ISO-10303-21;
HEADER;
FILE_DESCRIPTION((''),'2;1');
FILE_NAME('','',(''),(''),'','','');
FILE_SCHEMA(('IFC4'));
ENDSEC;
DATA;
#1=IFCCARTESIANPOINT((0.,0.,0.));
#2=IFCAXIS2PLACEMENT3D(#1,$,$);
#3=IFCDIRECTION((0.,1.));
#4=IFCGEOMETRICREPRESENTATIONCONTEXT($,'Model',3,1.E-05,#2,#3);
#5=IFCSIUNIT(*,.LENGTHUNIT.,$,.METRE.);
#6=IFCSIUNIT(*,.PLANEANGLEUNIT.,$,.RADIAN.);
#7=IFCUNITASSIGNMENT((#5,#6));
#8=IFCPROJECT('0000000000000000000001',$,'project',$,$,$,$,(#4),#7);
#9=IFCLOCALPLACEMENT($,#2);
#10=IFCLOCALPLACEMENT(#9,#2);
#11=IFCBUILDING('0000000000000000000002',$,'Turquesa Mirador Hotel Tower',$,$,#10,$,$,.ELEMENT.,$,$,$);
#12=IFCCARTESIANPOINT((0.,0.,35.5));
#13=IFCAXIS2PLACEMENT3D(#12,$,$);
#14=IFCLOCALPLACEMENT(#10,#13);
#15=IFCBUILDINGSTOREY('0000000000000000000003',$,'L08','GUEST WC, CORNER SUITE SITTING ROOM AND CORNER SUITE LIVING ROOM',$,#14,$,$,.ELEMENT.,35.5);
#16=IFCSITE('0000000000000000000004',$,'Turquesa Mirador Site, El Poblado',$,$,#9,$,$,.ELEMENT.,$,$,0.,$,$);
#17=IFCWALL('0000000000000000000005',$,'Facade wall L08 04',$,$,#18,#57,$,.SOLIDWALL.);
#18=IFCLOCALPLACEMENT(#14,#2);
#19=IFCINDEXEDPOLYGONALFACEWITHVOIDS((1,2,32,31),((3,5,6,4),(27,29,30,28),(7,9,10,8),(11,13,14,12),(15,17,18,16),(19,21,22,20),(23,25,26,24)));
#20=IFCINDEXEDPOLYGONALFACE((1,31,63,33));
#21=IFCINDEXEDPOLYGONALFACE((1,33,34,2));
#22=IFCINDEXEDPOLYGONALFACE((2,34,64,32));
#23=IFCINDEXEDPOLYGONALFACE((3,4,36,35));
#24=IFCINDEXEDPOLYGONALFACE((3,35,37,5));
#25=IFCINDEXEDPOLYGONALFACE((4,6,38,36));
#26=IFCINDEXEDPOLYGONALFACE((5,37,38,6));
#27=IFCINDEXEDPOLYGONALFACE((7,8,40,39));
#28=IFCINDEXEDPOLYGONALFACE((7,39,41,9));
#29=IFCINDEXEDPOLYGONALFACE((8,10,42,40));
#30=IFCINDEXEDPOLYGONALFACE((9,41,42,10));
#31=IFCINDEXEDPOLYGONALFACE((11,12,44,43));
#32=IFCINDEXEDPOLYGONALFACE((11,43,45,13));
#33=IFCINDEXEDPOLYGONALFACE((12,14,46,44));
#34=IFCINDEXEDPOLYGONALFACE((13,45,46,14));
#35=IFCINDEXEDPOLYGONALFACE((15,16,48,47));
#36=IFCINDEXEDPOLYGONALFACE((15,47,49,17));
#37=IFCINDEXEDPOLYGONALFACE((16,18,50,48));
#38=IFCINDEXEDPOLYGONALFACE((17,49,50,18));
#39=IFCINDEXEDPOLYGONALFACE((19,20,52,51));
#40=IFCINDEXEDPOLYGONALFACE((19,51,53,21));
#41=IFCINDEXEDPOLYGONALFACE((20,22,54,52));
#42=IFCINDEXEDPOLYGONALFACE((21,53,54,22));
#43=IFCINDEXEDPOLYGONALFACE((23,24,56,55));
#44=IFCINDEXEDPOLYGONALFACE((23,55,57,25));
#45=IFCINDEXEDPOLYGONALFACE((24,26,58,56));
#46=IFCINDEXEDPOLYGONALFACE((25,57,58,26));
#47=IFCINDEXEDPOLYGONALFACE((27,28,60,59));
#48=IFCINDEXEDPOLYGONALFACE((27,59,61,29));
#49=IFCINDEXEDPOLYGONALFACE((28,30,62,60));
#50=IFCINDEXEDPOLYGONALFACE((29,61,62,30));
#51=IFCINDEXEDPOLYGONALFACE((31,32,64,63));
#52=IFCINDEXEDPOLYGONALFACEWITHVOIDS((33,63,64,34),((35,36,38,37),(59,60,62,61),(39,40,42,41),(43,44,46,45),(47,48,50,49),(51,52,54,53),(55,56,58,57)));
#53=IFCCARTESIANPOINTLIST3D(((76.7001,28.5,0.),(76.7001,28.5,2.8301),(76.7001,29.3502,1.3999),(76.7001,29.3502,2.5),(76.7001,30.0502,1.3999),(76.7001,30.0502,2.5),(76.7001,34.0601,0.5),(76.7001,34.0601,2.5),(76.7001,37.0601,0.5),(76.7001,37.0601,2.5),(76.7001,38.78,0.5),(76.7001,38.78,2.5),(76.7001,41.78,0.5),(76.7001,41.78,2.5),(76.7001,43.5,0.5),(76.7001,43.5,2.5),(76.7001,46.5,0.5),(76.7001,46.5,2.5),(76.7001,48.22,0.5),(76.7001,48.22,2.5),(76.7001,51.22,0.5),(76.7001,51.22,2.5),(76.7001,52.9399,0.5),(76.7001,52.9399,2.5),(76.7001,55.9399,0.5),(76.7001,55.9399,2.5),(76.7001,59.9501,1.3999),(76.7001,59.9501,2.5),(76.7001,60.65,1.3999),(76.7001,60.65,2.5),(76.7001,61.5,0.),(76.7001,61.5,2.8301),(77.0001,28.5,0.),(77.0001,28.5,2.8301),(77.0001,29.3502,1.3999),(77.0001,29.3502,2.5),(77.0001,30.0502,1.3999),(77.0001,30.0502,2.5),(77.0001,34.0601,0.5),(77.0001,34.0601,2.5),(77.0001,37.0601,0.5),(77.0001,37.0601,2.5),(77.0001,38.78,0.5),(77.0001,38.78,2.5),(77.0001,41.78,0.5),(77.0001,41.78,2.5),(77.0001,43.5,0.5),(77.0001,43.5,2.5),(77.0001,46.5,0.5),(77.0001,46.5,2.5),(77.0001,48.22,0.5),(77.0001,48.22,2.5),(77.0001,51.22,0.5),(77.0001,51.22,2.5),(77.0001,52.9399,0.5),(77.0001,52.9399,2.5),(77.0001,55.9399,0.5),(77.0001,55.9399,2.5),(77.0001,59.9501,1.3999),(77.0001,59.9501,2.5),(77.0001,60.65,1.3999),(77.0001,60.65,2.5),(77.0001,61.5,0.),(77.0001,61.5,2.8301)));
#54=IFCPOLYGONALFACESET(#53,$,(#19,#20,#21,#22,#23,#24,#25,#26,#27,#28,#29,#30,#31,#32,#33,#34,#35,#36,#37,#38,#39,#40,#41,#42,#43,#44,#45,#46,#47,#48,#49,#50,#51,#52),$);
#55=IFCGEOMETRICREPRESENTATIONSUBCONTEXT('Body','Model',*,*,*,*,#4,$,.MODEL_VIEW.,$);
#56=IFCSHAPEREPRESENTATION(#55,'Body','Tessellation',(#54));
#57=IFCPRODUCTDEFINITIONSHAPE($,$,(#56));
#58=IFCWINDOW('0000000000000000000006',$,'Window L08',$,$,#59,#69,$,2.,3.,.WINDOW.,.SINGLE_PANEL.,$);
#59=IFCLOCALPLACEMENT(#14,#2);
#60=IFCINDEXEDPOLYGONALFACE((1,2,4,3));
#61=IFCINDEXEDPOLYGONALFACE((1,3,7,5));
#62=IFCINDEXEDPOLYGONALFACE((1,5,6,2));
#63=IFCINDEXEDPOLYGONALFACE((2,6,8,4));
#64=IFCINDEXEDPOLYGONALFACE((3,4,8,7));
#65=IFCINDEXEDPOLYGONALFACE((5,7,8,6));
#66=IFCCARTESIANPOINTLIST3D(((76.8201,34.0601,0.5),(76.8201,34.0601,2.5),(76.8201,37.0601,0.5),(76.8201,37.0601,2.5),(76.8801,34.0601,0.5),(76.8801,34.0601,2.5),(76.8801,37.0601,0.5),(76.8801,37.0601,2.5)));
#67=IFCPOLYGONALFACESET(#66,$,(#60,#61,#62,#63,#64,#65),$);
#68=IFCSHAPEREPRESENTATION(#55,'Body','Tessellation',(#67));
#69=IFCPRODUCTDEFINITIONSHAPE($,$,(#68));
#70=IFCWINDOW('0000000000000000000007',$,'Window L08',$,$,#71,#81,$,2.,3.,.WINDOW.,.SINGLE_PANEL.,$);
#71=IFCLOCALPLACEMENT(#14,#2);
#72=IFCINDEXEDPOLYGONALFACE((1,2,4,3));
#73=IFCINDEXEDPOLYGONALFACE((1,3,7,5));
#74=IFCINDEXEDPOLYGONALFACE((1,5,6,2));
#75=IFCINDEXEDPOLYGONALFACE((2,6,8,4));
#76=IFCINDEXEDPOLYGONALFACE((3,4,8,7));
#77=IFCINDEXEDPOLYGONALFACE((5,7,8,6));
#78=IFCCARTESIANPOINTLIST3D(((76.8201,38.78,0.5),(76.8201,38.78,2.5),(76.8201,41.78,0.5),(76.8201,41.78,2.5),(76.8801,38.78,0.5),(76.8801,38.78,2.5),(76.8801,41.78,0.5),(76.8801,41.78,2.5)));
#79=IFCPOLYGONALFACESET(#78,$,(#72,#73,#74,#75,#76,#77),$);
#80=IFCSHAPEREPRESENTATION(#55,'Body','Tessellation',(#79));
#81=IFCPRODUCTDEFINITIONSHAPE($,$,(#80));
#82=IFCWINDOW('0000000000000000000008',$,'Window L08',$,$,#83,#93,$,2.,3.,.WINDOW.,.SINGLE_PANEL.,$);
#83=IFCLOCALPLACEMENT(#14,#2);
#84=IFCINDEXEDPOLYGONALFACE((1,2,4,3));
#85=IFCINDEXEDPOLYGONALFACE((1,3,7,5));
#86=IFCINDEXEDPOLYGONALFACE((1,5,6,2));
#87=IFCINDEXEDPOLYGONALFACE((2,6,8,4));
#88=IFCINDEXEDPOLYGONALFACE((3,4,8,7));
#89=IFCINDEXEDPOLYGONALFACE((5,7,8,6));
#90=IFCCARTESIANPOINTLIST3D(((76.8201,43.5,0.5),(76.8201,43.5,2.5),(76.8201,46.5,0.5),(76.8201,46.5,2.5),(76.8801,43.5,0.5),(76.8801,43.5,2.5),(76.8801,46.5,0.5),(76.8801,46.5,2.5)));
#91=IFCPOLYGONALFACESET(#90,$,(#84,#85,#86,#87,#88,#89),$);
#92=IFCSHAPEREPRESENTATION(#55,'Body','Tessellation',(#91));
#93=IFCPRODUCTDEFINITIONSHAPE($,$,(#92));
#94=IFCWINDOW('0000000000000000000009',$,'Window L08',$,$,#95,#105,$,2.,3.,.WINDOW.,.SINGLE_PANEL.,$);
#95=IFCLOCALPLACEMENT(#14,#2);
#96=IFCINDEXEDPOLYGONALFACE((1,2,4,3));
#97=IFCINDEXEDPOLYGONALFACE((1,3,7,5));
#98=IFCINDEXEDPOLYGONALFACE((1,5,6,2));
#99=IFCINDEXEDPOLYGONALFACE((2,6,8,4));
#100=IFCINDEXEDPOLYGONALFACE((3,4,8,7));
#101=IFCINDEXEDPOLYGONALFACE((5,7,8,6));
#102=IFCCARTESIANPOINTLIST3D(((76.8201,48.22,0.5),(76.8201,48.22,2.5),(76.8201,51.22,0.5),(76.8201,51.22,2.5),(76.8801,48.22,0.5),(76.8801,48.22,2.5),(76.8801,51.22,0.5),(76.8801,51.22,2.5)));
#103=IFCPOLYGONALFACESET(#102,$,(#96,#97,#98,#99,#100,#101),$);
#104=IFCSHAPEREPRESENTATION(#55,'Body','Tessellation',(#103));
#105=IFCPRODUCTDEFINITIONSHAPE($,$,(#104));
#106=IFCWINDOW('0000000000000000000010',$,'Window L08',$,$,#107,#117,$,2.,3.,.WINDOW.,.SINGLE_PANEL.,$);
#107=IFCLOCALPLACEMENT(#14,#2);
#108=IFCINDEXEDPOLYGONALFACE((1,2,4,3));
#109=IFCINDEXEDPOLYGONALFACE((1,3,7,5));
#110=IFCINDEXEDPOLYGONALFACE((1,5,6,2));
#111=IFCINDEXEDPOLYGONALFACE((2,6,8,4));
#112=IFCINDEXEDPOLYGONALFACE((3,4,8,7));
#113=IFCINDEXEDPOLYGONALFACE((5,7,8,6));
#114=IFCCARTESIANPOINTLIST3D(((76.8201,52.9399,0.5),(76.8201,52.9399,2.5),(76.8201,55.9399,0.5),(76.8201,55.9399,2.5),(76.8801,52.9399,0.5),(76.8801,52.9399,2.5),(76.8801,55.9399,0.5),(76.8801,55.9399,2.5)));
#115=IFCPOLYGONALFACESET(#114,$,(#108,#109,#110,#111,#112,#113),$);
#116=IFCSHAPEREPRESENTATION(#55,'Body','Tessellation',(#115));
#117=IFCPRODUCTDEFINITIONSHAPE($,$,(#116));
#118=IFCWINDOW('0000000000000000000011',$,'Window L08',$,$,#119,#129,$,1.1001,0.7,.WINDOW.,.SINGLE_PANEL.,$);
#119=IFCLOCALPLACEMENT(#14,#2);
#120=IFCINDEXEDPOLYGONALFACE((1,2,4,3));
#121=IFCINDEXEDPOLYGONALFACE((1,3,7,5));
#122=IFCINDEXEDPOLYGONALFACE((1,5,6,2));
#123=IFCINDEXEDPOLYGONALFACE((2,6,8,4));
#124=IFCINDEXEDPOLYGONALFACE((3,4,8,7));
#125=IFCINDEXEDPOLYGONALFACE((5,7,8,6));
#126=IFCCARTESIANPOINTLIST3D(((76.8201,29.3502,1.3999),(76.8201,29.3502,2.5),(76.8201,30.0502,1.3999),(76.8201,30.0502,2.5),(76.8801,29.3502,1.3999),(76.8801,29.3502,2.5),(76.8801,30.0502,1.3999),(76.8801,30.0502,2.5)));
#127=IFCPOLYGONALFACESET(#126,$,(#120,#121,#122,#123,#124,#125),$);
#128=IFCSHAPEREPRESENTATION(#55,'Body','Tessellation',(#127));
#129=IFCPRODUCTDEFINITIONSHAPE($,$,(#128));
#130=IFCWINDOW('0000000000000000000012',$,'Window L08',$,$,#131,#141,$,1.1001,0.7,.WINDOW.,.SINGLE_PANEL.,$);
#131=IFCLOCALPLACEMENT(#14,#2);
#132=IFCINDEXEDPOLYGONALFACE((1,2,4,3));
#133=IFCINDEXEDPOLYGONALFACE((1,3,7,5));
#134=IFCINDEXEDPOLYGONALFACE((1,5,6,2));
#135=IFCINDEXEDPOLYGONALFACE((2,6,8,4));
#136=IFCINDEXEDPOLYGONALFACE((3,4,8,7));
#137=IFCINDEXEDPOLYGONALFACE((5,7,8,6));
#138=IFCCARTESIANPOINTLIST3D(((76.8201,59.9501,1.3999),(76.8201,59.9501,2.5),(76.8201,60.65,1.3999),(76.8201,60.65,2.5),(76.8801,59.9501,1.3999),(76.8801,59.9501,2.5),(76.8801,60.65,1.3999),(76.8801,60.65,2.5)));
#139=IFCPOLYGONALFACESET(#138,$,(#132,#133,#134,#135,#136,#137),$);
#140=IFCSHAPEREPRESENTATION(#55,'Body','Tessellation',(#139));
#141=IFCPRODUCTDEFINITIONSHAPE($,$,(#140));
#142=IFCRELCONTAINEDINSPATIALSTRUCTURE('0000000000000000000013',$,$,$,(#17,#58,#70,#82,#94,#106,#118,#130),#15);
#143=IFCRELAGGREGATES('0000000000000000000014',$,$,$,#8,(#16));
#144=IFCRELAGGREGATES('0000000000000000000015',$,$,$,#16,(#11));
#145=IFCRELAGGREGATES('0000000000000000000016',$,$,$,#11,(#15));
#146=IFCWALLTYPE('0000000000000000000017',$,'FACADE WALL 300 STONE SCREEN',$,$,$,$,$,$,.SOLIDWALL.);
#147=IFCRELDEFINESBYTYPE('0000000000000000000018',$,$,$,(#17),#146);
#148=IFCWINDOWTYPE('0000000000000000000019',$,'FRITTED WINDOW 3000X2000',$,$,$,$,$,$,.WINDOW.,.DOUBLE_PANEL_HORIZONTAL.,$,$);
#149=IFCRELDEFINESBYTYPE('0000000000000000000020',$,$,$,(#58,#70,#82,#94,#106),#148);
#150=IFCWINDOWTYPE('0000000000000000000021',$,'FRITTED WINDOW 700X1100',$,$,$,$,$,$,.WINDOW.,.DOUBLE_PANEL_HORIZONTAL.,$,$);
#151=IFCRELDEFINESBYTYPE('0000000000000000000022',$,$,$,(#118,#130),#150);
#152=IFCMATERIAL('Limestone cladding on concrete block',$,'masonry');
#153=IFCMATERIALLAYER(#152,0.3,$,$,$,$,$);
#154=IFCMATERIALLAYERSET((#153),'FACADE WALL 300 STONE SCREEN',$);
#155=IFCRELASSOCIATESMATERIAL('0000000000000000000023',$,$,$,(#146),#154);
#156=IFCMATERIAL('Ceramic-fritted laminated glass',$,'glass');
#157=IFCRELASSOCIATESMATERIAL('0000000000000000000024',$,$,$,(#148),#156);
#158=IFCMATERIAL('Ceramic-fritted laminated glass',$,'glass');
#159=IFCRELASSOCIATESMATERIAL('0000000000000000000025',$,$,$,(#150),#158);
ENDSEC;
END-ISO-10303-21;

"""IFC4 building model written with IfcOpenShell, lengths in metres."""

from ifc_helpers import new_model, si_unit, direction, frame, frame_2d, origin, place, context, subcontext, project, spatial, rectangle, extrude, material, layer, layer_set, type_object, element, fill, save


model = new_model("IFC4")

# Units and contexts
model_context = context("Model", 3, precision=1e-05, world=origin(), true_north=direction((0.0, 1.0)))
body_context = subcontext(model_context, "Body", "Model", "MODEL_VIEW")
ifc_project = project(units=[si_unit("LENGTHUNIT", "METRE"), si_unit("PLANEANGLEUNIT", "RADIAN")], contexts=[model_context])

# Site, building, storey
site_placement = place(None, origin())
site = spatial("IfcSite", under=ifc_project, at=site_placement, Name="Turquesa Mirador Site, El Poblado", CompositionType="ELEMENT", RefElevation=0.0)
building_placement = place(site_placement, origin())
building = spatial("IfcBuilding", under=site, at=building_placement, Name="Turquesa Mirador Hotel Tower", CompositionType="ELEMENT")
storey_placement = place(building_placement, frame((0.0, 0.0, 35.5)))
storey = spatial("IfcBuildingStorey", under=building, at=storey_placement, Name="L08", Description="GUEST WC, CORNER SUITE SITTING ROOM AND CORNER SUITE LIVING ROOM", CompositionType="ELEMENT", Elevation=35.5)

# Shared definitions
ifc_material_1 = material(Name="Limestone cladding on concrete block", Category="masonry")
ifc_layer = layer(ifc_material_1, 0.3)
ifc_layer_set = layer_set([ifc_layer], Name="FACADE WALL 300 STONE SCREEN")
wall_type = type_object("IfcWallType", Name="FACADE WALL 300 STONE SCREEN", PredefinedType="SOLIDWALL", material=ifc_layer_set)

# Wall, openings, windows
wall_1_placement = place(storey_placement, frame((76.8501, 28.5, 0.0), z_axis=(0.0, 0.0, 1.0), x_axis=(0.0, 1.0, 0.0)))
wall_1 = element("IfcWall", 1, at=wall_1_placement, inside=storey, type_object=wall_type, Name="Facade wall L08 04", PredefinedType="SOLIDWALL", context=body_context, shape_type="SweptSolid", body=[
    extrude(rectangle(XDim=33.0, YDim=0.3, at=frame_2d((16.5, 0.0))), origin(), (0.0, 0.0, 1.0), 2.8301),
])
opening_1_placement = place(wall_1_placement, frame((0.8501, 0.0, 1.3999)))
opening_1 = element("IfcOpeningElement", 2, at=opening_1_placement, cuts=wall_1, PredefinedType="OPENING", context=body_context, shape_type="SweptSolid", body=[
    extrude(rectangle(XDim=0.7, YDim=1.1001, at=frame_2d((0.3501, 0.55))), frame((0.0, 0.1599, 0.0), z_axis=(0.0, -1.0, 0.0), x_axis=(1.0, 0.0, 0.0)), (0.0, 0.0, 1.0), 0.3201),
])
opening_2_placement = place(wall_1_placement, frame((5.5601, 0.0, 0.5)))
opening_2 = element("IfcOpeningElement", 3, at=opening_2_placement, cuts=wall_1, PredefinedType="OPENING", context=body_context, shape_type="SweptSolid", body=[
    extrude(rectangle(XDim=3.0, YDim=2.0, at=frame_2d((1.5, 1.0))), frame((0.0, 0.1599, 0.0), z_axis=(0.0, -1.0, 0.0), x_axis=(1.0, 0.0, 0.0)), (0.0, 0.0, 1.0), 0.3201),
])
opening_3_placement = place(wall_1_placement, frame((10.28, 0.0, 0.5)))
opening_3 = element("IfcOpeningElement", 4, at=opening_3_placement, cuts=wall_1, PredefinedType="OPENING", context=body_context, shape_type="SweptSolid", body=[
    extrude(rectangle(XDim=3.0, YDim=2.0, at=frame_2d((1.5, 1.0))), frame((0.0, 0.1599, 0.0), z_axis=(0.0, -1.0, 0.0), x_axis=(1.0, 0.0, 0.0)), (0.0, 0.0, 1.0), 0.3201),
])
opening_4_placement = place(wall_1_placement, frame((15.0, 0.0, 0.5)))
opening_4 = element("IfcOpeningElement", 5, at=opening_4_placement, cuts=wall_1, PredefinedType="OPENING", context=body_context, shape_type="SweptSolid", body=[
    extrude(rectangle(XDim=3.0, YDim=2.0, at=frame_2d((1.5, 1.0))), frame((0.0, 0.1599, 0.0), z_axis=(0.0, -1.0, 0.0), x_axis=(1.0, 0.0, 0.0)), (0.0, 0.0, 1.0), 0.3201),
])
opening_5_placement = place(wall_1_placement, frame((19.72, 0.0, 0.5)))
opening_5 = element("IfcOpeningElement", 6, at=opening_5_placement, cuts=wall_1, PredefinedType="OPENING", context=body_context, shape_type="SweptSolid", body=[
    extrude(rectangle(XDim=3.0, YDim=2.0, at=frame_2d((1.5, 1.0))), frame((0.0, 0.1599, 0.0), z_axis=(0.0, -1.0, 0.0), x_axis=(1.0, 0.0, 0.0)), (0.0, 0.0, 1.0), 0.3201),
])
opening_6_placement = place(wall_1_placement, frame((24.4399, 0.0, 0.5)))
opening_6 = element("IfcOpeningElement", 7, at=opening_6_placement, cuts=wall_1, PredefinedType="OPENING", context=body_context, shape_type="SweptSolid", body=[
    extrude(rectangle(XDim=3.0, YDim=2.0, at=frame_2d((1.5, 1.0))), frame((0.0, 0.1599, 0.0), z_axis=(0.0, -1.0, 0.0), x_axis=(1.0, 0.0, 0.0)), (0.0, 0.0, 1.0), 0.3201),
])
opening_7_placement = place(wall_1_placement, frame((31.45, 0.0, 1.3999)))
opening_7 = element("IfcOpeningElement", 8, at=opening_7_placement, cuts=wall_1, PredefinedType="OPENING", context=body_context, shape_type="SweptSolid", body=[
    extrude(rectangle(XDim=0.7, YDim=1.1001, at=frame_2d((0.3501, 0.55))), frame((0.0, 0.1599, 0.0), z_axis=(0.0, -1.0, 0.0), x_axis=(1.0, 0.0, 0.0)), (0.0, 0.0, 1.0), 0.3201),
])
ifc_material_2 = material(Name="Ceramic-fritted laminated glass", Category="glass")
window_type_1 = type_object("IfcWindowType", Name="FRITTED WINDOW 3000X2000", PartitioningType="DOUBLE_PANEL_HORIZONTAL", PredefinedType="WINDOW", material=ifc_material_2)
window_1_placement = place(opening_2_placement, origin())
window_1 = element("IfcWindow", 9, at=window_1_placement, inside=storey, type_object=window_type_1, Name="Window L08", OverallHeight=2.0, OverallWidth=3.0, PartitioningType="SINGLE_PANEL", PredefinedType="WINDOW", context=body_context, shape_type="SweptSolid", body=[
    extrude(rectangle(XDim=3.0, YDim=2.0, at=frame_2d((1.5, 1.0))), frame((0.0, 0.03, 0.0), z_axis=(0.0, -1.0, 0.0), x_axis=(1.0, 0.0, 0.0)), (0.0, 0.0, 1.0), 0.0601),
])
fill(opening_2, window_1)
window_2_placement = place(opening_3_placement, origin())
window_2 = element("IfcWindow", 10, at=window_2_placement, inside=storey, type_object=window_type_1, Name="Window L08", OverallHeight=2.0, OverallWidth=3.0, PartitioningType="SINGLE_PANEL", PredefinedType="WINDOW", context=body_context, shape_type="SweptSolid", body=[
    extrude(rectangle(XDim=3.0, YDim=2.0, at=frame_2d((1.5, 1.0))), frame((0.0, 0.03, 0.0), z_axis=(0.0, -1.0, 0.0), x_axis=(1.0, 0.0, 0.0)), (0.0, 0.0, 1.0), 0.0601),
])
fill(opening_3, window_2)
window_3_placement = place(opening_4_placement, origin())
window_3 = element("IfcWindow", 11, at=window_3_placement, inside=storey, type_object=window_type_1, Name="Window L08", OverallHeight=2.0, OverallWidth=3.0, PartitioningType="SINGLE_PANEL", PredefinedType="WINDOW", context=body_context, shape_type="SweptSolid", body=[
    extrude(rectangle(XDim=3.0, YDim=2.0, at=frame_2d((1.5, 1.0))), frame((0.0, 0.03, 0.0), z_axis=(0.0, -1.0, 0.0), x_axis=(1.0, 0.0, 0.0)), (0.0, 0.0, 1.0), 0.0601),
])
fill(opening_4, window_3)
window_4_placement = place(opening_5_placement, origin())
window_4 = element("IfcWindow", 12, at=window_4_placement, inside=storey, type_object=window_type_1, Name="Window L08", OverallHeight=2.0, OverallWidth=3.0, PartitioningType="SINGLE_PANEL", PredefinedType="WINDOW", context=body_context, shape_type="SweptSolid", body=[
    extrude(rectangle(XDim=3.0, YDim=2.0, at=frame_2d((1.5, 1.0))), frame((0.0, 0.03, 0.0), z_axis=(0.0, -1.0, 0.0), x_axis=(1.0, 0.0, 0.0)), (0.0, 0.0, 1.0), 0.0601),
])
fill(opening_5, window_4)
window_5_placement = place(opening_6_placement, origin())
window_5 = element("IfcWindow", 13, at=window_5_placement, inside=storey, type_object=window_type_1, Name="Window L08", OverallHeight=2.0, OverallWidth=3.0, PartitioningType="SINGLE_PANEL", PredefinedType="WINDOW", context=body_context, shape_type="SweptSolid", body=[
    extrude(rectangle(XDim=3.0, YDim=2.0, at=frame_2d((1.5, 1.0))), frame((0.0, 0.03, 0.0), z_axis=(0.0, -1.0, 0.0), x_axis=(1.0, 0.0, 0.0)), (0.0, 0.0, 1.0), 0.0601),
])
fill(opening_6, window_5)
ifc_material_3 = material(Name="Ceramic-fritted laminated glass", Category="glass")
window_type_2 = type_object("IfcWindowType", Name="FRITTED WINDOW 700X1100", PartitioningType="DOUBLE_PANEL_HORIZONTAL", PredefinedType="WINDOW", material=ifc_material_3)
window_6_placement = place(opening_1_placement, origin())
window_6 = element("IfcWindow", 14, at=window_6_placement, inside=storey, type_object=window_type_2, Name="Window L08", OverallHeight=1.1001, OverallWidth=0.7, PartitioningType="SINGLE_PANEL", PredefinedType="WINDOW", context=body_context, shape_type="SweptSolid", body=[
    extrude(rectangle(XDim=0.7, YDim=1.1001, at=frame_2d((0.3501, 0.55))), frame((0.0, 0.03, 0.0), z_axis=(0.0, -1.0, 0.0), x_axis=(1.0, 0.0, 0.0)), (0.0, 0.0, 1.0), 0.0601),
])
fill(opening_1, window_6)
window_7_placement = place(opening_7_placement, origin())
window_7 = element("IfcWindow", 15, at=window_7_placement, inside=storey, type_object=window_type_2, Name="Window L08", OverallHeight=1.1001, OverallWidth=0.7, PartitioningType="SINGLE_PANEL", PredefinedType="WINDOW", context=body_context, shape_type="SweptSolid", body=[
    extrude(rectangle(XDim=0.7, YDim=1.1001, at=frame_2d((0.3501, 0.55))), frame((0.0, 0.03, 0.0), z_axis=(0.0, -1.0, 0.0), x_axis=(1.0, 0.0, 0.0)), (0.0, 0.0, 1.0), 0.0601),
])
fill(opening_7, window_7)

save(model, "model.ifc")
